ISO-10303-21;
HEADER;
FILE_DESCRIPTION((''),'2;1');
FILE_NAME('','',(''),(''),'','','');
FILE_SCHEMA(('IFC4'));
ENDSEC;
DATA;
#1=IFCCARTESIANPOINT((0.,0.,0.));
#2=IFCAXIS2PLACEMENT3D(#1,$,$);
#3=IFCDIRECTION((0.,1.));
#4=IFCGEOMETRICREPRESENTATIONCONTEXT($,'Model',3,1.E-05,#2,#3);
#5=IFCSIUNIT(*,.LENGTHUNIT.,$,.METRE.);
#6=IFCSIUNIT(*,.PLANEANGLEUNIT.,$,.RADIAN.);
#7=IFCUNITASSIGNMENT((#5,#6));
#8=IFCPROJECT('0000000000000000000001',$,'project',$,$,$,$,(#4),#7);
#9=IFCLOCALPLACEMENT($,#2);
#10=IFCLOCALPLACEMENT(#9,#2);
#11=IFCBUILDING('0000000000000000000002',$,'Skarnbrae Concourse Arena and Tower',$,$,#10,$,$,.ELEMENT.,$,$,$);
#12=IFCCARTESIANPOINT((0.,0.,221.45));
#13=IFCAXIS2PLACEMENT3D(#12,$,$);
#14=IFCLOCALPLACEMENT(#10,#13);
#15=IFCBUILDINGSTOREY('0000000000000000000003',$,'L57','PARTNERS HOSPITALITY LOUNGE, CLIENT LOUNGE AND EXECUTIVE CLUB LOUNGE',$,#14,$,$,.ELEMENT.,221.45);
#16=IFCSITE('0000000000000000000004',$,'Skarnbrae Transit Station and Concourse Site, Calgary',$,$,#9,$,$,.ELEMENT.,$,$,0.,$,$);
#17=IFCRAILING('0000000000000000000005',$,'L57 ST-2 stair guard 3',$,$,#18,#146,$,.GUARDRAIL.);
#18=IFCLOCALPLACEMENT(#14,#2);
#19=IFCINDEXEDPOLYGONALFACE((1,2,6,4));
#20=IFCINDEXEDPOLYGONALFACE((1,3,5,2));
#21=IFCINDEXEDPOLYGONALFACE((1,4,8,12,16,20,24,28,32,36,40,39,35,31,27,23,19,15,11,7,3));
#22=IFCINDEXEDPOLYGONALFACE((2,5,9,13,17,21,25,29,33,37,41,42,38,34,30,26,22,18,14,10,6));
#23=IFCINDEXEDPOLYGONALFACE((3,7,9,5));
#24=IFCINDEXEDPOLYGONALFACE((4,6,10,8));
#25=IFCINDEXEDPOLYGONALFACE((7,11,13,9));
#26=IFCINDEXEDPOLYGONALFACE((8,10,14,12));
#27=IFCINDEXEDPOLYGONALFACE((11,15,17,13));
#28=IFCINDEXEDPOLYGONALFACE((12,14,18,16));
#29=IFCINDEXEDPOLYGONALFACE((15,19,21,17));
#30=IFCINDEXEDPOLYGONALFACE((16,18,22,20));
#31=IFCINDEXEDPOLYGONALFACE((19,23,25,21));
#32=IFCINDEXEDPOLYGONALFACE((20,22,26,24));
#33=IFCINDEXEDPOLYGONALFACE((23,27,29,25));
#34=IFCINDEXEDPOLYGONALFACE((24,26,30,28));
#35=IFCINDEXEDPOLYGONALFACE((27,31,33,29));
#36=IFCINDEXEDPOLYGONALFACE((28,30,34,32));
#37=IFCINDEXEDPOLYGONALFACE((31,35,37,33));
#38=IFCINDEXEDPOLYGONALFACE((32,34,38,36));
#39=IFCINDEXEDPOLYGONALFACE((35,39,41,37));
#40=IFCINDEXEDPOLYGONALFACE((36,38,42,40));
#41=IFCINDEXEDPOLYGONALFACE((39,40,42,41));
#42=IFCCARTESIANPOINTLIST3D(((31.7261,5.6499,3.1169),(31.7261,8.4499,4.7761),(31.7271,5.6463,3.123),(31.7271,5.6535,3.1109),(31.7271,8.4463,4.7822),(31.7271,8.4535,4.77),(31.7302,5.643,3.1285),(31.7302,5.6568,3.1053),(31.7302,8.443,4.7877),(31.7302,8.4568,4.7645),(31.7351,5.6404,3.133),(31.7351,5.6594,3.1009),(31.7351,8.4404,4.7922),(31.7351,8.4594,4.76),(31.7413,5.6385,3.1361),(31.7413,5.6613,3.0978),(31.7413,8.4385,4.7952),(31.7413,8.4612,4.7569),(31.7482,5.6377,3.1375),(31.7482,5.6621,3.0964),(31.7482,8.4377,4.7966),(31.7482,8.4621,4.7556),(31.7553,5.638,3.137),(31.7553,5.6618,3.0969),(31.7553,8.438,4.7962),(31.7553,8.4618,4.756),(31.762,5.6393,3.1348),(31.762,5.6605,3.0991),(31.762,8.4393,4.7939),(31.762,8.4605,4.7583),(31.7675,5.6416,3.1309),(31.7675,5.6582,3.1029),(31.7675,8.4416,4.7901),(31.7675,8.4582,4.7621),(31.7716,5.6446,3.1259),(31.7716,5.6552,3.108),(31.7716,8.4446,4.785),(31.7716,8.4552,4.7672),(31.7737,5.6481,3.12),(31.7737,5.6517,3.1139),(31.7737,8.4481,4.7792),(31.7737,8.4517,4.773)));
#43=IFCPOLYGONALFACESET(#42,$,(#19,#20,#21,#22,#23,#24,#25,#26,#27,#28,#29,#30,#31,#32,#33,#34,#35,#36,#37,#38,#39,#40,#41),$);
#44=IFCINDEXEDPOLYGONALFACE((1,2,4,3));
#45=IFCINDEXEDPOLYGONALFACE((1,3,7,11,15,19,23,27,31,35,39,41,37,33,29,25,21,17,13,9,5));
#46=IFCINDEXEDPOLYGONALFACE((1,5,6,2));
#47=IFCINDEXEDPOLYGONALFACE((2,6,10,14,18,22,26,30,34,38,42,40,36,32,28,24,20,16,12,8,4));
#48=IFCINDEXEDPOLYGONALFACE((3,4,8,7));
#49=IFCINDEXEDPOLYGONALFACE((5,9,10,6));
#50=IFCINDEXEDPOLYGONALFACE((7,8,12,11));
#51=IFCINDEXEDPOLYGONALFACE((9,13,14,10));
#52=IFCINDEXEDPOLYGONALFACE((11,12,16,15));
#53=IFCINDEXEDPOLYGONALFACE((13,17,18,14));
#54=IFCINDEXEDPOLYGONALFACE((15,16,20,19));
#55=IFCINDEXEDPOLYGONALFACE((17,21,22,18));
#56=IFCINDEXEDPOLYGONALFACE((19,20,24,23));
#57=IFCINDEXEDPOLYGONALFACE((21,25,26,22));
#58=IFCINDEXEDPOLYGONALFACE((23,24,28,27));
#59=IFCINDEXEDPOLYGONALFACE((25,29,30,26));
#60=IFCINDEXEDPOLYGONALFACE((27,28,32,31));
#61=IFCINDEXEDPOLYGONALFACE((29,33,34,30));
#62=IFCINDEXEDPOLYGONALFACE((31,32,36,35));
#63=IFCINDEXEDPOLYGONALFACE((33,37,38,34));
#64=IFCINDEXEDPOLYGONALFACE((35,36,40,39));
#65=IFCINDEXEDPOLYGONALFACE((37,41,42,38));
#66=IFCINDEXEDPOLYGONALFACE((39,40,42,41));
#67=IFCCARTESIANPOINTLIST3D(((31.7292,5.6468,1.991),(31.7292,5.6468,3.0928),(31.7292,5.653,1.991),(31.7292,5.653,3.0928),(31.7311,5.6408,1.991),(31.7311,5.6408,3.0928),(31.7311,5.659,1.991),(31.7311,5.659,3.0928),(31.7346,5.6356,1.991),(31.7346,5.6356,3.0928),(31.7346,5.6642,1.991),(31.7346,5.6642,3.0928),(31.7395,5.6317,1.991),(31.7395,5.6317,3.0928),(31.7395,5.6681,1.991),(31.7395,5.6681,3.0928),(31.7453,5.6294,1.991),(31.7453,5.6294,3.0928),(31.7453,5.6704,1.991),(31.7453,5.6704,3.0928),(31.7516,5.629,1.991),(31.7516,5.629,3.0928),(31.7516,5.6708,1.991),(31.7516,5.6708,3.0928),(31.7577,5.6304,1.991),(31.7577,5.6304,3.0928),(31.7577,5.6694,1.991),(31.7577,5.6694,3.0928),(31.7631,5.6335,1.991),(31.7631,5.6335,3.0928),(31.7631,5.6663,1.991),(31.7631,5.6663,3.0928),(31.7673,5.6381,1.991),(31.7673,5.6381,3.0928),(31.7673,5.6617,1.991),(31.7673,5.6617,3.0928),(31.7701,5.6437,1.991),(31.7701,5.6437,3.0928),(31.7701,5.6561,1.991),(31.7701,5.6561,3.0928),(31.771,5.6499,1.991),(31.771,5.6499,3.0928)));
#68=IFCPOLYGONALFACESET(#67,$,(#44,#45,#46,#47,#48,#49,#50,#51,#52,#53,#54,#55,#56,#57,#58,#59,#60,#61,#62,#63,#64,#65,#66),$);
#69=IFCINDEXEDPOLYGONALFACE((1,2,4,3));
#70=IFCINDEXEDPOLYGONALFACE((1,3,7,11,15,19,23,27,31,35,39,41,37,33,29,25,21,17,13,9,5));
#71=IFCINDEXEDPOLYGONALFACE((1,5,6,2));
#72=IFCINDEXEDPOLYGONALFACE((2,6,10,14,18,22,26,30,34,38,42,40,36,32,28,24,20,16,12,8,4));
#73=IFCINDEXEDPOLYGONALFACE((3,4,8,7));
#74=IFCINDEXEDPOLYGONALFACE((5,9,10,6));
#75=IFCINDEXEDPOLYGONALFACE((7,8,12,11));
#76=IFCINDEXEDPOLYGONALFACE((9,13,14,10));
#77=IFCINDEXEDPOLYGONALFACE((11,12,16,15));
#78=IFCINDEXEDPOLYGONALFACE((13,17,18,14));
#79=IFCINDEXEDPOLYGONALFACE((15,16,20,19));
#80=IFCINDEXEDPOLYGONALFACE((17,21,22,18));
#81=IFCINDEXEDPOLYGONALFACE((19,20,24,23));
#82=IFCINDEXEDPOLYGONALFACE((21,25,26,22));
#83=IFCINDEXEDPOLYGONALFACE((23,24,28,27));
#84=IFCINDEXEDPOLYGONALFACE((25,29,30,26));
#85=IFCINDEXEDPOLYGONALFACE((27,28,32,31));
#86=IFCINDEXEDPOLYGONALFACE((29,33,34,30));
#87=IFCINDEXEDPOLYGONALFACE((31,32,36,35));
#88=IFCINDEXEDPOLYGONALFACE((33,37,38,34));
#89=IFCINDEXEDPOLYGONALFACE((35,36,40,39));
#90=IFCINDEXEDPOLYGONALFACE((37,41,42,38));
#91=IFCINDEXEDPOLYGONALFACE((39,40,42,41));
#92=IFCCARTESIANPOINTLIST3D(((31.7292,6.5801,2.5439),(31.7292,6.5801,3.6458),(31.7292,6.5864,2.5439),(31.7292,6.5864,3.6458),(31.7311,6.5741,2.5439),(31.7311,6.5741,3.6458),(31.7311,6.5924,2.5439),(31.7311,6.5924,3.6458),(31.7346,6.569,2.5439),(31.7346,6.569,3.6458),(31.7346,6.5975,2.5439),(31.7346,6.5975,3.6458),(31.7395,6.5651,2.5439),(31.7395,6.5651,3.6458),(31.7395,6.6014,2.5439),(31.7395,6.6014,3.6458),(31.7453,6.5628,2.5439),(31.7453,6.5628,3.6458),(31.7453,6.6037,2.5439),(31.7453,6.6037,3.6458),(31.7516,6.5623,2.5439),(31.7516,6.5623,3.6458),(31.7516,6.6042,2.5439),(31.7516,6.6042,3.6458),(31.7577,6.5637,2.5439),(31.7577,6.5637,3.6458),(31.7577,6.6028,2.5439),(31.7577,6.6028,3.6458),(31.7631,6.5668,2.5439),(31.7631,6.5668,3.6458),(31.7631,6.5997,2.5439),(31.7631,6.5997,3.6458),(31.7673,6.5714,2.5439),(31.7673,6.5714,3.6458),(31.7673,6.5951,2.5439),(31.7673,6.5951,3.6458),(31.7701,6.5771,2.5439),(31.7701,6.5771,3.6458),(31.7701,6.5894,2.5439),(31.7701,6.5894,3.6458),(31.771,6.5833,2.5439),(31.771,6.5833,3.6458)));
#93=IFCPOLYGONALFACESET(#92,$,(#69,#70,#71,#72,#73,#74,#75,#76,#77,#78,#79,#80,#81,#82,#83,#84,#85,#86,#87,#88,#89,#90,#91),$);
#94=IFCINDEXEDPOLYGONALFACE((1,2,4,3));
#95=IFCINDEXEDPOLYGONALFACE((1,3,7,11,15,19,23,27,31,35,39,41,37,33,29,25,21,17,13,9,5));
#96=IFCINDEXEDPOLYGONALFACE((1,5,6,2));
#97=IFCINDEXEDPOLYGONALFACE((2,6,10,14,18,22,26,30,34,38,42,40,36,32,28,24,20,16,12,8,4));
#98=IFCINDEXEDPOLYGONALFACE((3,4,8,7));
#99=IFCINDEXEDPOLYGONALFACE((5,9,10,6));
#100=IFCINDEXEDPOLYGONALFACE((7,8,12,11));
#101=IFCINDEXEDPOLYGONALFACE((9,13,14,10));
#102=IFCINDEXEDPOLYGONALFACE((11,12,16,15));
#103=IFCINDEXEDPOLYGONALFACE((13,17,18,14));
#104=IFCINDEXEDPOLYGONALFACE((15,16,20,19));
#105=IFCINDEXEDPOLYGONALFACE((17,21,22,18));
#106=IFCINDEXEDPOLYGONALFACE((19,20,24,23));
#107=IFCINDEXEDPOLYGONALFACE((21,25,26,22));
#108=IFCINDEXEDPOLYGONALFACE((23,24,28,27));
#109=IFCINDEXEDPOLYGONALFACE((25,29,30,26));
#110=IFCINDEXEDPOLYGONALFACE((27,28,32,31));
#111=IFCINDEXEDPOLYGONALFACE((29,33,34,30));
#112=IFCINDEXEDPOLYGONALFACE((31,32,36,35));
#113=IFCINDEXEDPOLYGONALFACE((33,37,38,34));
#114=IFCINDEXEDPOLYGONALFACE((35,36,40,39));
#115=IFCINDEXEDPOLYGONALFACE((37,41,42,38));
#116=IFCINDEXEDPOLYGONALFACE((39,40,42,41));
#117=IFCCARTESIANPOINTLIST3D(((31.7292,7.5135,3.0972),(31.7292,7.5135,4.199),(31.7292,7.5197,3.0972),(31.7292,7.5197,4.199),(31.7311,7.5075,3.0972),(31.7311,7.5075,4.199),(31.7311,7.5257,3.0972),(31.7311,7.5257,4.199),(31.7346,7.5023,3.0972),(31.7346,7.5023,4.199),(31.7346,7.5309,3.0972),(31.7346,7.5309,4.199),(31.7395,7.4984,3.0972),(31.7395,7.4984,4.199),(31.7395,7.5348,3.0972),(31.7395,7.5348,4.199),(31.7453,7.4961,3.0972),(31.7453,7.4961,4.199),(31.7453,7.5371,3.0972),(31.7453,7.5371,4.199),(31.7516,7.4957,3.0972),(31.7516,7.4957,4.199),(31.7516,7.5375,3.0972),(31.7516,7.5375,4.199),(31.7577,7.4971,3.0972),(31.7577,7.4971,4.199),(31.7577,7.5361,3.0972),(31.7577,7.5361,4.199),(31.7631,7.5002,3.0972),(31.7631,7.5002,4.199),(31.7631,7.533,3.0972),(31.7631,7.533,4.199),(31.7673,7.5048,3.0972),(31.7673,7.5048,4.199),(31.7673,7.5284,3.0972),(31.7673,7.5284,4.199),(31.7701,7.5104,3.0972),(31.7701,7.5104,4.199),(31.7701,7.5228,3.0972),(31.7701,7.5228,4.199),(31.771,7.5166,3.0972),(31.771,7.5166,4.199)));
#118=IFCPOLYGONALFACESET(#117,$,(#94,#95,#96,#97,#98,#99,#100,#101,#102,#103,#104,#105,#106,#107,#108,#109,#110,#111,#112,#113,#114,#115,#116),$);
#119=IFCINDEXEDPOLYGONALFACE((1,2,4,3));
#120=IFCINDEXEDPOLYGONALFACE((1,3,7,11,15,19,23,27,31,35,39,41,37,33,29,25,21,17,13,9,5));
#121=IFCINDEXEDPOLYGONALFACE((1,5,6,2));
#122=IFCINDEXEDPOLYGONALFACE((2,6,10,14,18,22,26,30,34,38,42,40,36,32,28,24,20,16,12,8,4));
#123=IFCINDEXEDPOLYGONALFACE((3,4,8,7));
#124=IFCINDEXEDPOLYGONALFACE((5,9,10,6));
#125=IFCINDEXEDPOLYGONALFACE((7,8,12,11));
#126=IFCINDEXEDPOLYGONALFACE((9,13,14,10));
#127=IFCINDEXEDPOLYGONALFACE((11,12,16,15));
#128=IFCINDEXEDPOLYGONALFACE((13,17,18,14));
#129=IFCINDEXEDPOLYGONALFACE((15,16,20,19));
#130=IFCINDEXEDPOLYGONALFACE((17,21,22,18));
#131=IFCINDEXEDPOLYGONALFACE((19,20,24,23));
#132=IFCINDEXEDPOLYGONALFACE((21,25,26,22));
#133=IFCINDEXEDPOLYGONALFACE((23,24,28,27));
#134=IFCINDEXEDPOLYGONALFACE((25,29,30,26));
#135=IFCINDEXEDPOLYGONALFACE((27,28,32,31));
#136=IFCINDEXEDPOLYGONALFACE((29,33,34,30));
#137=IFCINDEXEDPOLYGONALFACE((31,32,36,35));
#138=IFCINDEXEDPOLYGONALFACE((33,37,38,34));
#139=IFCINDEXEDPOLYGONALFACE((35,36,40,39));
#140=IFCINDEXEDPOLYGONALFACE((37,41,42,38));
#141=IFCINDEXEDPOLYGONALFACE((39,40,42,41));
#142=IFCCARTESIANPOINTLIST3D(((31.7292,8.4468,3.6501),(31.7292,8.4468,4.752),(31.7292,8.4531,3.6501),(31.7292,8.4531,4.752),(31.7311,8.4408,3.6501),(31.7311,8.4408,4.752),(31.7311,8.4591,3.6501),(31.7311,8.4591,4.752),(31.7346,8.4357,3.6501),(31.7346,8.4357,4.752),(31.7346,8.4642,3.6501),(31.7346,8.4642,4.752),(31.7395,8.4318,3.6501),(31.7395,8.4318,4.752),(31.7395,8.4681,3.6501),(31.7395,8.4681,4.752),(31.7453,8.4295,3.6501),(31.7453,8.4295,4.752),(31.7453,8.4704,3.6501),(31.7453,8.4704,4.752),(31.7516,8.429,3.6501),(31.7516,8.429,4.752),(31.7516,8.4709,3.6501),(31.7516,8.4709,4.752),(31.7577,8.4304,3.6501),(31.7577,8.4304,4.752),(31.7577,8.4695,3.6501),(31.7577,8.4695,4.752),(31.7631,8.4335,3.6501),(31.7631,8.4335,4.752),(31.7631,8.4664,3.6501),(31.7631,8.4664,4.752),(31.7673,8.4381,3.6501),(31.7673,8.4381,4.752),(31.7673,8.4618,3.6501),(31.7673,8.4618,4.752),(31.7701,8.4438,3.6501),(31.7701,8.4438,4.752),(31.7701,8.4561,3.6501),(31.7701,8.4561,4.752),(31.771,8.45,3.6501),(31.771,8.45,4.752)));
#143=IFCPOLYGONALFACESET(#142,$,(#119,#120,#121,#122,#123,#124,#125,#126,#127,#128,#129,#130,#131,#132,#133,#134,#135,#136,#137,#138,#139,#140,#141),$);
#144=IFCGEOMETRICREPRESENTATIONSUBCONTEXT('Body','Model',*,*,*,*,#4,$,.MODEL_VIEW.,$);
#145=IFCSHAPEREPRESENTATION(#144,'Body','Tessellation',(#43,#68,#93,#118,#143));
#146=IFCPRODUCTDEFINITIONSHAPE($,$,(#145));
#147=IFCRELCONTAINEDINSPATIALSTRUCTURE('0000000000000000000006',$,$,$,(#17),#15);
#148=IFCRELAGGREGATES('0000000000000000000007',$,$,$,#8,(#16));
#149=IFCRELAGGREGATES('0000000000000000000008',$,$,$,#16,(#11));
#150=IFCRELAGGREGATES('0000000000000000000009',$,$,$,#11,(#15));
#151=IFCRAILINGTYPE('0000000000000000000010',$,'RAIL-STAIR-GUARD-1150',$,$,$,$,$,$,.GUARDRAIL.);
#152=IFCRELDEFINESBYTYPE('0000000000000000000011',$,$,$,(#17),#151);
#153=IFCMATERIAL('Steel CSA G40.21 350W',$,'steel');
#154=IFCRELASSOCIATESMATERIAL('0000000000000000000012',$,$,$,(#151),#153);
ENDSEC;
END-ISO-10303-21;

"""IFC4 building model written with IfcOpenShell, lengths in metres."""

from ifc_helpers import new_model, si_unit, direction, frame, origin, origin_2d, place, context, subcontext, project, spatial, circle, extrude, material, type_object, element, save


model = new_model("IFC4")

# Units and contexts
model_context = context("Model", 3, precision=1e-05, world=origin(), true_north=direction((0.0, 1.0)))
body_context = subcontext(model_context, "Body", "Model", "MODEL_VIEW")
ifc_project = project(units=[si_unit("LENGTHUNIT", "METRE"), si_unit("PLANEANGLEUNIT", "RADIAN")], contexts=[model_context])

# Site, building, storey
site_placement = place(None, origin())
site = spatial("IfcSite", under=ifc_project, at=site_placement, Name="Skarnbrae Transit Station and Concourse Site, Calgary", CompositionType="ELEMENT", RefElevation=0.0)
building_placement = place(site_placement, origin())
building = spatial("IfcBuilding", under=site, at=building_placement, Name="Skarnbrae Concourse Arena and Tower", CompositionType="ELEMENT")
storey_placement = place(building_placement, frame((0.0, 0.0, 221.45)))
storey = spatial("IfcBuildingStorey", under=building, at=storey_placement, Name="L57", Description="PARTNERS HOSPITALITY LOUNGE, CLIENT LOUNGE AND EXECUTIVE CLUB LOUNGE", CompositionType="ELEMENT", Elevation=221.45)

# Shared definitions
ifc_material_1 = material(Name="Steel CSA G40.21 350W", Category="steel")

# Railing
railing_type_1 = type_object("IfcRailingType", Name="RAIL-STAIR-GUARD-1150", PredefinedType="GUARDRAIL", material=ifc_material_1)
railing_1_placement = place(storey_placement, frame((31.75, 5.6499, 1.991)))
element("IfcRailing", 1, at=railing_1_placement, inside=storey, type_object=railing_type_1, Name="L57 ST-2 stair guard 3", PredefinedType="GUARDRAIL", context=body_context, shape_type="SweptSolid", body=[
    extrude(circle(Radius=0.0239, at=origin_2d()), frame((0.0, 0.0, 1.126), z_axis=(0.0, 0.860306, 0.509778), x_axis=(-1.0, 0.0, 0.0)), (0.0, 0.0, 1.0), 3.2546),
    extrude(circle(Radius=0.021, at=origin_2d()), origin(), (0.0, 0.0, 1.0), 1.1018),
    extrude(circle(Radius=0.021, at=origin_2d()), frame((0.0, 0.9333, 0.553)), (0.0, 0.0, 1.0), 1.1018),
    extrude(circle(Radius=0.021, at=origin_2d()), frame((0.0, 1.8667, 1.1062)), (0.0, 0.0, 1.0), 1.1018),
    extrude(circle(Radius=0.021, at=origin_2d()), frame((0.0, 2.8, 1.6592)), (0.0, 0.0, 1.0), 1.1018),
])

save(model, "model.ifc")
